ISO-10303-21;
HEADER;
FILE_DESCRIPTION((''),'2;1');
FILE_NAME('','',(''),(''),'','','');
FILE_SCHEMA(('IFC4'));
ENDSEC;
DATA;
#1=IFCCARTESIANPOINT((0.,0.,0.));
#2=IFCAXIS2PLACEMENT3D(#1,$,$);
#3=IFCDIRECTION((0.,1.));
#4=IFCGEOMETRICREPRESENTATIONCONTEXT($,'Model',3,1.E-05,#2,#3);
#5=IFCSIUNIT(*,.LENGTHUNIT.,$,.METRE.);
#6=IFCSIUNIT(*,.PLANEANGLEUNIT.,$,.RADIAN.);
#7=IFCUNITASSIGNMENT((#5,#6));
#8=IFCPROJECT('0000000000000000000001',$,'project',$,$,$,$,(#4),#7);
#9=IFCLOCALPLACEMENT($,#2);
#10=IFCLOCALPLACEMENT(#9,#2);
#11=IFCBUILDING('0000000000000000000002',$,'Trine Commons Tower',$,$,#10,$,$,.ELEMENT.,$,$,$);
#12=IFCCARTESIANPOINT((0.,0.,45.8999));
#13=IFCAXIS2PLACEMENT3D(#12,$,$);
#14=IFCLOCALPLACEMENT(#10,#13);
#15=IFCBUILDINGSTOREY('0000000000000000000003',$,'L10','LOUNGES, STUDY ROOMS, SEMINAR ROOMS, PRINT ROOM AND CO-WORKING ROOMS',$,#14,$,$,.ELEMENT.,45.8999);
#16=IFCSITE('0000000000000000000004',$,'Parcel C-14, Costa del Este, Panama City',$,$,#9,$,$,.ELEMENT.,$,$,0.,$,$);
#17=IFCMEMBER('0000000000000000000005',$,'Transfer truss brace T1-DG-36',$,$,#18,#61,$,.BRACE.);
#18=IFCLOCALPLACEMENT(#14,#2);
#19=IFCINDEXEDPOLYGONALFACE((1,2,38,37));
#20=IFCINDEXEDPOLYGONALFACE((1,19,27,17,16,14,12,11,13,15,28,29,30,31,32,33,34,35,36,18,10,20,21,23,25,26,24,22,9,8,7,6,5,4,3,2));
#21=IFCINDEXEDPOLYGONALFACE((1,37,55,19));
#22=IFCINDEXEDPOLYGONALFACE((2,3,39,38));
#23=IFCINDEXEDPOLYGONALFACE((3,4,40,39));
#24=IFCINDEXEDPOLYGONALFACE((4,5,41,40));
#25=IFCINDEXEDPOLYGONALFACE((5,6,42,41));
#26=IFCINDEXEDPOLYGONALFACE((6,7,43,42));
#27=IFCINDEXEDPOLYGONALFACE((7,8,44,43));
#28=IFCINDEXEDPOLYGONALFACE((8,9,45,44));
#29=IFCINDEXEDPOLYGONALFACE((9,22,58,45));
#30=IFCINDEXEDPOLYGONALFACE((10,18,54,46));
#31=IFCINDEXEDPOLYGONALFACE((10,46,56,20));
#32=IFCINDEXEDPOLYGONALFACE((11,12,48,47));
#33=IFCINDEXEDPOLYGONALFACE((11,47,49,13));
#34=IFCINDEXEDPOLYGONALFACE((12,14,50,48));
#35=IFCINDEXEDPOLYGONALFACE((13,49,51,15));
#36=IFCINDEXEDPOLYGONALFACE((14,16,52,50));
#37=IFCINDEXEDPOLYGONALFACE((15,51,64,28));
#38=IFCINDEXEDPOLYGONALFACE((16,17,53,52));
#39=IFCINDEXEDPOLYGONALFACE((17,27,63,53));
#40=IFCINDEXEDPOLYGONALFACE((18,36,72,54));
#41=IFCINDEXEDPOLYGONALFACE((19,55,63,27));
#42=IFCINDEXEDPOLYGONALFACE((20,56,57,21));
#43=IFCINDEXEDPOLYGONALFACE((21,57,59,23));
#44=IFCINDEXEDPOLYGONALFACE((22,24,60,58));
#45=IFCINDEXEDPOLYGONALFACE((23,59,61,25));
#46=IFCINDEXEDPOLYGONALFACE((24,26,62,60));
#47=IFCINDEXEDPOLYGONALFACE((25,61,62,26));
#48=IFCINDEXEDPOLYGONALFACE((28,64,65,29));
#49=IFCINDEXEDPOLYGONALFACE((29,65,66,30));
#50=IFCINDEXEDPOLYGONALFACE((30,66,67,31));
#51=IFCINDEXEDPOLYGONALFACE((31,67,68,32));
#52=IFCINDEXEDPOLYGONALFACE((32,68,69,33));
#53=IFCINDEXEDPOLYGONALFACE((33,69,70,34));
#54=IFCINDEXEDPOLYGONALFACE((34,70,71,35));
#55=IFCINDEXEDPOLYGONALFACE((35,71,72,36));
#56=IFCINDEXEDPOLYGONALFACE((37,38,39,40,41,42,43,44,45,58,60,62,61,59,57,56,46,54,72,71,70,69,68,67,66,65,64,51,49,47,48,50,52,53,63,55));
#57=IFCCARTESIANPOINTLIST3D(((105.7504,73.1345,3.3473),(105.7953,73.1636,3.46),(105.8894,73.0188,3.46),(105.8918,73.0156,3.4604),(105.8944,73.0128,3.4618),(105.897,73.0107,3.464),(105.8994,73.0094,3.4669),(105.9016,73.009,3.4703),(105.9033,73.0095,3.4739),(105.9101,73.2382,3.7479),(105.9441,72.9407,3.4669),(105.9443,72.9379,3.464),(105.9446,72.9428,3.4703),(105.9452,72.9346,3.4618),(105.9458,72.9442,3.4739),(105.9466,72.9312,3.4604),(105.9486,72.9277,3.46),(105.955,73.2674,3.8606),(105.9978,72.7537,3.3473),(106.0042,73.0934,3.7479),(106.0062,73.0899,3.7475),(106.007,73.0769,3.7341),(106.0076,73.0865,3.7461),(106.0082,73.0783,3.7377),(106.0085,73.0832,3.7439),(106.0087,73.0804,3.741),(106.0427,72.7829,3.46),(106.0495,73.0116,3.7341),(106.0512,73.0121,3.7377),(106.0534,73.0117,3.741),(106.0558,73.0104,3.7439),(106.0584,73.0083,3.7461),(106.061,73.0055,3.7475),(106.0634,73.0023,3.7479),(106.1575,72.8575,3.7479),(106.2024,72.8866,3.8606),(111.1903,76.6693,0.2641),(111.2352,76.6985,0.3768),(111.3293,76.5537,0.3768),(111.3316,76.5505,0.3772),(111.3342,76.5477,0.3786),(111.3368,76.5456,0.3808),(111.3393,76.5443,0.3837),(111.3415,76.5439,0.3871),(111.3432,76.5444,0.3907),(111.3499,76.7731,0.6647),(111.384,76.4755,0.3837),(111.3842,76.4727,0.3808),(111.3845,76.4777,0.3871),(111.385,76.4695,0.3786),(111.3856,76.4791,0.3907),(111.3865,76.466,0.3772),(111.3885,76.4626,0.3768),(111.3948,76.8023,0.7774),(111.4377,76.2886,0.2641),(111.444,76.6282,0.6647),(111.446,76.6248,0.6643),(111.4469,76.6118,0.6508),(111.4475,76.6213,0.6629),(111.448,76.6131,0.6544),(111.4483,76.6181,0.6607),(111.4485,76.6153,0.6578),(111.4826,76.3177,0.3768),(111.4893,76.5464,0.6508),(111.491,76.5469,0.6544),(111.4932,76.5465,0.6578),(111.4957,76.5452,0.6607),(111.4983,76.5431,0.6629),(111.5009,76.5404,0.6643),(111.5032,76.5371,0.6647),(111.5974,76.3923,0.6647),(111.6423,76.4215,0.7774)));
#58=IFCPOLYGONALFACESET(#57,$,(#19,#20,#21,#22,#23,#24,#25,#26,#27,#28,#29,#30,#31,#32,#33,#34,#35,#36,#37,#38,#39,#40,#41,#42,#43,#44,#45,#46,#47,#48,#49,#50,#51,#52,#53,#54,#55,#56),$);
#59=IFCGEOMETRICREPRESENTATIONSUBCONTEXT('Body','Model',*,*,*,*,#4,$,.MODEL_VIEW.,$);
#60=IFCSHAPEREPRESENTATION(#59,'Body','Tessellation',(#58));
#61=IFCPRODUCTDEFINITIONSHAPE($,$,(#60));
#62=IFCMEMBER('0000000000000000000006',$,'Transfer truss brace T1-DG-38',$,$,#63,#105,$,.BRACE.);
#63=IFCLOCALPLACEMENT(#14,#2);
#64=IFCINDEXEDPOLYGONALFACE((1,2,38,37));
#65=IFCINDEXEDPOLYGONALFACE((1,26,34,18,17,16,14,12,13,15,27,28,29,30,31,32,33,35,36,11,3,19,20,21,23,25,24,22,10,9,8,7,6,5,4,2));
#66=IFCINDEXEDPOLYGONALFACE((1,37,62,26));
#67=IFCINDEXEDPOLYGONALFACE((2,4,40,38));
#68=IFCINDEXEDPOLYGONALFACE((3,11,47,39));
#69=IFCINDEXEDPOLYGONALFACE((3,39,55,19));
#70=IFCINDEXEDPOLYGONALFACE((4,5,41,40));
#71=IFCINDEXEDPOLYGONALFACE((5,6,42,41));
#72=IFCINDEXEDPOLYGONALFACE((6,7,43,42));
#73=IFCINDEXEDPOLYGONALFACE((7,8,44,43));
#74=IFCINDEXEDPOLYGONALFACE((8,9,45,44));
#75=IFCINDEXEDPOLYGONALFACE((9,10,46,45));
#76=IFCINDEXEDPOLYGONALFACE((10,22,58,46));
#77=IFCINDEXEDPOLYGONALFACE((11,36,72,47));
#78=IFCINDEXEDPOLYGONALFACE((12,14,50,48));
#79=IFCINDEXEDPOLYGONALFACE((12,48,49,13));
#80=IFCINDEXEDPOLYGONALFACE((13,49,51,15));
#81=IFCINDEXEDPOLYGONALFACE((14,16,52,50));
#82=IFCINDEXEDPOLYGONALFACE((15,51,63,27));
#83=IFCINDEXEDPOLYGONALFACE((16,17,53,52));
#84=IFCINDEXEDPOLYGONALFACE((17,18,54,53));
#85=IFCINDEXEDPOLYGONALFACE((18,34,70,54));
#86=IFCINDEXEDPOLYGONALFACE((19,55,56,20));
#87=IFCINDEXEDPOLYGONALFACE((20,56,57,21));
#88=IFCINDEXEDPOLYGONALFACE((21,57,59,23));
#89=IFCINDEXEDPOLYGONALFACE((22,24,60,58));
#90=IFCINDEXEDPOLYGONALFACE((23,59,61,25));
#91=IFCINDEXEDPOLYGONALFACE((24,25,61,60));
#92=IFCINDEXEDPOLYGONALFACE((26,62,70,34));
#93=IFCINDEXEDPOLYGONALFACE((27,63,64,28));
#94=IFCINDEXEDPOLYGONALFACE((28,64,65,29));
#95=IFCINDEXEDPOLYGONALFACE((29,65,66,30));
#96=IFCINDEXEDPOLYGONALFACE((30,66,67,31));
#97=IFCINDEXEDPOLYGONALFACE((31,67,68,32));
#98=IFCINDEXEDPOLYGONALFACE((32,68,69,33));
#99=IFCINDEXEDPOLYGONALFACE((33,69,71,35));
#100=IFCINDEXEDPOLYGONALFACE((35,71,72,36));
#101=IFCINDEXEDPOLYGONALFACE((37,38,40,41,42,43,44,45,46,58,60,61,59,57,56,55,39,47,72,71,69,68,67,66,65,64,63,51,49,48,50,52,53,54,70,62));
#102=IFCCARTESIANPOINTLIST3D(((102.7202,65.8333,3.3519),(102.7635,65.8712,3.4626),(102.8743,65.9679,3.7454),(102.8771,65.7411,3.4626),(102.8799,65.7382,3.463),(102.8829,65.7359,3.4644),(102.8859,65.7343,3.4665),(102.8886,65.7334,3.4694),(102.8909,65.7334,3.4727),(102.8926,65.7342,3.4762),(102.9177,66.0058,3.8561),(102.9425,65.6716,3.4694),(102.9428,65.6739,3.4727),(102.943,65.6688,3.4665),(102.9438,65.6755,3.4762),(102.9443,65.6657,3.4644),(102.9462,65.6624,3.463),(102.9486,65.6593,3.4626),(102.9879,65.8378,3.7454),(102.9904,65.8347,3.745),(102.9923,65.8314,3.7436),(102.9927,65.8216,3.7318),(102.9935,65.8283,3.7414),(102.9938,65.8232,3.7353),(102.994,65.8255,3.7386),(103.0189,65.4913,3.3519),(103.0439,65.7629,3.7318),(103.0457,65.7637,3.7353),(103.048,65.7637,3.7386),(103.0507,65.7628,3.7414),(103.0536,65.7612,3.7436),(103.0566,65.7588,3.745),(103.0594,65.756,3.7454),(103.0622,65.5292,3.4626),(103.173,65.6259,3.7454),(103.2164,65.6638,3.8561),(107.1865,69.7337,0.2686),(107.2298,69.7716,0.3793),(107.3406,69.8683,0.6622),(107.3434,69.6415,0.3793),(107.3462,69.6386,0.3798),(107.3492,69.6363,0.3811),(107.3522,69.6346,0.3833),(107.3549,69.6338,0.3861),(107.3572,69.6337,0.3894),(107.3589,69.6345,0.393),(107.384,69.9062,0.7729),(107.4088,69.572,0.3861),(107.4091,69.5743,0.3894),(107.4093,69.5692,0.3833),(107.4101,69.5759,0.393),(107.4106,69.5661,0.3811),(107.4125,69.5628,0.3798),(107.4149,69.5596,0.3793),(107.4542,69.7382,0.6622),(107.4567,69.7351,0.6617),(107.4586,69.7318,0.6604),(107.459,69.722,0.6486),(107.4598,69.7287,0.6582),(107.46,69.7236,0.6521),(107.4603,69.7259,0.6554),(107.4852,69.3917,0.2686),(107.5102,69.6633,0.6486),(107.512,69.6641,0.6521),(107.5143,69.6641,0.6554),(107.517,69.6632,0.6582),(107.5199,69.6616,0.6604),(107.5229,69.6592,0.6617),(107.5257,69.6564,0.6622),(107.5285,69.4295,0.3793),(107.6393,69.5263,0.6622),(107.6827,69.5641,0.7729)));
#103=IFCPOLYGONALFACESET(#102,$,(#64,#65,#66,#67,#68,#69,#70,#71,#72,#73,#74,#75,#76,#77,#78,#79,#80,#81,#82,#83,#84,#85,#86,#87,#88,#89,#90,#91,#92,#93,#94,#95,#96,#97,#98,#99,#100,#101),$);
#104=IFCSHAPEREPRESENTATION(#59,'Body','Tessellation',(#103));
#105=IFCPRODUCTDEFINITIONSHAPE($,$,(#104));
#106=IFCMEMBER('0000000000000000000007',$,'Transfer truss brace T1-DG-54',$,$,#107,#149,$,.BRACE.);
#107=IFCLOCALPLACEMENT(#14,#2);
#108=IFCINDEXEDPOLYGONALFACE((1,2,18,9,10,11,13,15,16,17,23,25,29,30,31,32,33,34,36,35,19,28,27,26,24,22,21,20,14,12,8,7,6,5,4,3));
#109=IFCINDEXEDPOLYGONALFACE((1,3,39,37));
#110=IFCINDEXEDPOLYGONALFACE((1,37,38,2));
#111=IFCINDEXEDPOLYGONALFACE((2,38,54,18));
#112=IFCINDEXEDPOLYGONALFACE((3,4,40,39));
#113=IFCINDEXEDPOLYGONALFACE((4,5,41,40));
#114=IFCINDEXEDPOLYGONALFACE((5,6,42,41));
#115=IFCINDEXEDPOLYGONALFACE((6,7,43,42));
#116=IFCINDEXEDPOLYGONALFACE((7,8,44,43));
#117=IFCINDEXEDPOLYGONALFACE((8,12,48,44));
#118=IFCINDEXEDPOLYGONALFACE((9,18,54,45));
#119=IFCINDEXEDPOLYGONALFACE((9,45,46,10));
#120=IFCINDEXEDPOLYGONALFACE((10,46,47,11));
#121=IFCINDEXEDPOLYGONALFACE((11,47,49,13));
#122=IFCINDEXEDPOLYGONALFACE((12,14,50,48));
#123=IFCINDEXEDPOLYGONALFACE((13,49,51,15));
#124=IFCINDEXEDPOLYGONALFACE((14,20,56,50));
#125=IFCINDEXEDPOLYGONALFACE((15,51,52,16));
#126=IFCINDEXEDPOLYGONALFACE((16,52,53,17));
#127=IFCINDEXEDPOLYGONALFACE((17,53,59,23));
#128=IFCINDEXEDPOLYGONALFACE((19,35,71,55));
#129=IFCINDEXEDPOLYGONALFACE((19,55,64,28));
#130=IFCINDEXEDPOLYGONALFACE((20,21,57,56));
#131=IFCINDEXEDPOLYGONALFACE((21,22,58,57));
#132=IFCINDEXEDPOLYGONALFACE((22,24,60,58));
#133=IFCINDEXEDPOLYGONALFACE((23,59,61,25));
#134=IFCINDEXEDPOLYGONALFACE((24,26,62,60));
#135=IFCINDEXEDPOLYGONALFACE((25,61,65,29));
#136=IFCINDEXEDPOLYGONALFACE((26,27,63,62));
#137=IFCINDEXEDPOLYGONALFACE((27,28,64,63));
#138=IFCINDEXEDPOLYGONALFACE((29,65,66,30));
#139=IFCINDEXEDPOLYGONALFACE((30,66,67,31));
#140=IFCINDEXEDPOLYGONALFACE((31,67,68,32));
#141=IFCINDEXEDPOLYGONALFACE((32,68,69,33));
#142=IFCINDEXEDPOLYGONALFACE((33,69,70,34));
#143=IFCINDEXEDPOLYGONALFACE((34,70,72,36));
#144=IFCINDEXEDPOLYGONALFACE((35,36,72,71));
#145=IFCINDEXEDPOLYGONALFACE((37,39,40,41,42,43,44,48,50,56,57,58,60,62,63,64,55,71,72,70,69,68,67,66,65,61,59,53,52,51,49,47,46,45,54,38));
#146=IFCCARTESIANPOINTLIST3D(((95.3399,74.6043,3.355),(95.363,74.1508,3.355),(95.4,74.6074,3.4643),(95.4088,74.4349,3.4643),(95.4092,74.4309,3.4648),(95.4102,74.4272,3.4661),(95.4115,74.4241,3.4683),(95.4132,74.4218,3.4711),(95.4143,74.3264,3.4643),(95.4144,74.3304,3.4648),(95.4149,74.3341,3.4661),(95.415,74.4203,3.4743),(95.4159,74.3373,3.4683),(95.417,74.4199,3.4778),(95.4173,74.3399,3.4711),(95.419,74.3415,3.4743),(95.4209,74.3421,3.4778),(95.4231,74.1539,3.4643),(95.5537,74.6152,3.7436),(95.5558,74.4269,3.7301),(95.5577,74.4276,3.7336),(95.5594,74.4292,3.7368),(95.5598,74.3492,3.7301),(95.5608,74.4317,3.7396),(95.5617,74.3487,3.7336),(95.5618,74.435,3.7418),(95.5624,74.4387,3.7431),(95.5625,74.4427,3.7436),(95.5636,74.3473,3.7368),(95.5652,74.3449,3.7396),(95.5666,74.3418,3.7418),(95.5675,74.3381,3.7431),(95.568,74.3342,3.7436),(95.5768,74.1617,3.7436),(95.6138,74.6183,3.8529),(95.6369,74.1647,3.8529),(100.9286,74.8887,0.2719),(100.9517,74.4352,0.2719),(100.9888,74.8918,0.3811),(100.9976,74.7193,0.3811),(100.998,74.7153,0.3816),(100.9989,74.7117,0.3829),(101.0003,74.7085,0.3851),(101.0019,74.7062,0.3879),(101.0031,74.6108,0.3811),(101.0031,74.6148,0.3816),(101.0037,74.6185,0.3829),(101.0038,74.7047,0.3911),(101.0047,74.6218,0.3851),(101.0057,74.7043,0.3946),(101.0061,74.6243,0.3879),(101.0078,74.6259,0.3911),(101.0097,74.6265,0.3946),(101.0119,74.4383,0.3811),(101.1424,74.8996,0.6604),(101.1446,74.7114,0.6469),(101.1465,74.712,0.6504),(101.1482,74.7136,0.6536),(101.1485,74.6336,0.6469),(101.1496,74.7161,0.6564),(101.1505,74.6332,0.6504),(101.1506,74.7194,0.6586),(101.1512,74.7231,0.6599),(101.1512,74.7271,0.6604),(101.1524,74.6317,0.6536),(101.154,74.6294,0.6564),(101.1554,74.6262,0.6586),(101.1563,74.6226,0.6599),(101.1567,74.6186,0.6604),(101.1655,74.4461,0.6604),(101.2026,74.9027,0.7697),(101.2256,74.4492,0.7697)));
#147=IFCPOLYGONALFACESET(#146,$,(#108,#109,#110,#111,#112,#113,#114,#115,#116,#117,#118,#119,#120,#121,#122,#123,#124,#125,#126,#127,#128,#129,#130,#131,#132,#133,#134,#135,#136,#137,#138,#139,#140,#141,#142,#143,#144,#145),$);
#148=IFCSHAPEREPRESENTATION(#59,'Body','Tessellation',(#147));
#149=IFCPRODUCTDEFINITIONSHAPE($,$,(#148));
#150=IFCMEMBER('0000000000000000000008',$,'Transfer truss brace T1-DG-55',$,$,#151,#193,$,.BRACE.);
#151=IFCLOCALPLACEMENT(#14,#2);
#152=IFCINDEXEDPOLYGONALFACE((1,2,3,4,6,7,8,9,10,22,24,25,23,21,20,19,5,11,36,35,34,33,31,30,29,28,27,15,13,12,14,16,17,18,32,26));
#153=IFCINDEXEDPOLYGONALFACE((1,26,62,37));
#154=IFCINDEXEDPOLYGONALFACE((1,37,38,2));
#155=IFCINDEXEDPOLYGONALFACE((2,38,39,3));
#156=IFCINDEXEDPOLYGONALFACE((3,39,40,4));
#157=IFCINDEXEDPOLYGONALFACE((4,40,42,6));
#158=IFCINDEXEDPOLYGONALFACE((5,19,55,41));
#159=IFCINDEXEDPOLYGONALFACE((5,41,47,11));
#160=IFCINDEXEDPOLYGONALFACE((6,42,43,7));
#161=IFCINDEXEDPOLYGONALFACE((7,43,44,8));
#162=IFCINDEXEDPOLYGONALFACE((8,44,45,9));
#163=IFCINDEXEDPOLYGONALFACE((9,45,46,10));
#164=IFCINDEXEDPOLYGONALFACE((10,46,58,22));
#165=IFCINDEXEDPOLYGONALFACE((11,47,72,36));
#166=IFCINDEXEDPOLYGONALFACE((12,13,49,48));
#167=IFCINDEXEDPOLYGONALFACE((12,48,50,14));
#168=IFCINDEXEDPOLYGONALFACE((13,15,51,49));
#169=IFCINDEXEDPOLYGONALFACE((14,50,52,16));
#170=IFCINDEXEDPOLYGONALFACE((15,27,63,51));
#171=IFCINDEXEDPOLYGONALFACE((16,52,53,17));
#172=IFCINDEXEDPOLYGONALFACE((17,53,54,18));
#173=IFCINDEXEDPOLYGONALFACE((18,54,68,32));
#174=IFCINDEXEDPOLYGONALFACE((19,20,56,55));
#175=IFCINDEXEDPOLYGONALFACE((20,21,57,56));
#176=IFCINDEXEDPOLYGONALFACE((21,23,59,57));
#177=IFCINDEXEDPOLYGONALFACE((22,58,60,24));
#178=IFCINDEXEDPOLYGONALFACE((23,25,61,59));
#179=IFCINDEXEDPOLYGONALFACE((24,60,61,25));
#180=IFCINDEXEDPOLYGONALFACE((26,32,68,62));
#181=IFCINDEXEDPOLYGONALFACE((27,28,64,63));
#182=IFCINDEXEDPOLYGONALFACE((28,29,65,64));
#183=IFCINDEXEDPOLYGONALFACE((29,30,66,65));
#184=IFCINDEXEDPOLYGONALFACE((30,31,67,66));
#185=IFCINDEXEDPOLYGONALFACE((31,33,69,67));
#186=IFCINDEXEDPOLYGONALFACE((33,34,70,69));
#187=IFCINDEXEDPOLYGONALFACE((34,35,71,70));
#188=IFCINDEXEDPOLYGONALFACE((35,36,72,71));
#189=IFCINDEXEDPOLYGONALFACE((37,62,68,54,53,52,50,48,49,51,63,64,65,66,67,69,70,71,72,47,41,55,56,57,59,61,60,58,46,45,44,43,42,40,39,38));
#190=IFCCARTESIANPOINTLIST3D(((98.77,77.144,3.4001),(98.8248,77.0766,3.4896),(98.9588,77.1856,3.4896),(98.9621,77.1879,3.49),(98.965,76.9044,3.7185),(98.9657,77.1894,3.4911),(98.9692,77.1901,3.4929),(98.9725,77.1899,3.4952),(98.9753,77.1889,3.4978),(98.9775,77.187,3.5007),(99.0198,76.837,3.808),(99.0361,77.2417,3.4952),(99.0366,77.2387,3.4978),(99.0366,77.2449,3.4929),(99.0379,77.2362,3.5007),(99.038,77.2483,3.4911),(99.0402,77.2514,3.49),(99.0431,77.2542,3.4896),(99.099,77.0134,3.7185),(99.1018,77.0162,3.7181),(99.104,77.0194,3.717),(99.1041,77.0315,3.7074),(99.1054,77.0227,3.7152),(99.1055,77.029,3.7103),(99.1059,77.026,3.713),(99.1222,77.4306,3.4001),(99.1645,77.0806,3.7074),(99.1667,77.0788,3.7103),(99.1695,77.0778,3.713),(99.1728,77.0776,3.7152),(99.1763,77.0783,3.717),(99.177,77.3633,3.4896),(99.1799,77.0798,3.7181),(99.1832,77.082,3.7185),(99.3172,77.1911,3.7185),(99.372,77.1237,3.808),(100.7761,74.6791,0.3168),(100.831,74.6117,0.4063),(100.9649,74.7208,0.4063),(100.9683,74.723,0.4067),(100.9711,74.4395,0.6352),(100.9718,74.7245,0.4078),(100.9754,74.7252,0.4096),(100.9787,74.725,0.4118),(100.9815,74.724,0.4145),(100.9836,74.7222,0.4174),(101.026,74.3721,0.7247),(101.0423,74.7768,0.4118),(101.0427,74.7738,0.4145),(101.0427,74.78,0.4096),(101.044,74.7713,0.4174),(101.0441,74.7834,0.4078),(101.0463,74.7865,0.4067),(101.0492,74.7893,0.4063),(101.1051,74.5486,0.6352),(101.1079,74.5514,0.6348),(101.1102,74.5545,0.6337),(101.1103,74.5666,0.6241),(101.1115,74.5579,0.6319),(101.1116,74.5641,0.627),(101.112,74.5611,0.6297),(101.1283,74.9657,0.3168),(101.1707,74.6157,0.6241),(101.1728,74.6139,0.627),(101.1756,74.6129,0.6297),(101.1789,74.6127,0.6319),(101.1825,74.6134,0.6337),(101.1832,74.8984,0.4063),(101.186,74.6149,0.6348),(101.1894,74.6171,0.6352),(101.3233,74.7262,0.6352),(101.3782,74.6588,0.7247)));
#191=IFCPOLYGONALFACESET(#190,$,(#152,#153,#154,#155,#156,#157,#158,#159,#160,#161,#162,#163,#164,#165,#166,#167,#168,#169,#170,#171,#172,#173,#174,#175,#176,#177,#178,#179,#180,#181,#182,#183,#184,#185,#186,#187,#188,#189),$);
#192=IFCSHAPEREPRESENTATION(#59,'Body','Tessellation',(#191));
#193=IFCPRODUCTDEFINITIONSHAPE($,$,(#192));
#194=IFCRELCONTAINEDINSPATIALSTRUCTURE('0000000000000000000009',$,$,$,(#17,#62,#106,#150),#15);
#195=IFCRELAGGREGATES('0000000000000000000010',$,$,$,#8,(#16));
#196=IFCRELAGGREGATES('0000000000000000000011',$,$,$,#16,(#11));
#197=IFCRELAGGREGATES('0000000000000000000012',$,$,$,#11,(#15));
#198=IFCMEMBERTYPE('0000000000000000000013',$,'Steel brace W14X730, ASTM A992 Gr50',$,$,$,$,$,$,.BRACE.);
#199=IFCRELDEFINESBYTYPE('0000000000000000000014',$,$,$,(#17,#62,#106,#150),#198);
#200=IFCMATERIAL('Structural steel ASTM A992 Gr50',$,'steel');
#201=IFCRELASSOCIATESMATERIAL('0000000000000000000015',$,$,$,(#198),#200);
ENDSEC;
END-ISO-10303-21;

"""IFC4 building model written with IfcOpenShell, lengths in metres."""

from ifc_helpers import new_model, si_unit, direction, frame, origin, origin_2d, place, context, subcontext, project, spatial, i_section, extrude, material, material_profile, profile_set, type_object, element, save


model = new_model("IFC4")

# Units and contexts
model_context = context("Model", 3, precision=1e-05, world=origin(), true_north=direction((0.0, 1.0)))
body_context = subcontext(model_context, "Body", "Model", "MODEL_VIEW")
ifc_project = project(units=[si_unit("LENGTHUNIT", "METRE"), si_unit("PLANEANGLEUNIT", "RADIAN")], contexts=[model_context])

# Site, building, storey
site_placement = place(None, origin())
site = spatial("IfcSite", under=ifc_project, at=site_placement, Name="Parcel C-14, Costa del Este, Panama City", CompositionType="ELEMENT", RefElevation=0.0)
building_placement = place(site_placement, origin())
building = spatial("IfcBuilding", under=site, at=building_placement, Name="Trine Commons Tower", CompositionType="ELEMENT")
storey_placement = place(building_placement, frame((0.0, 0.0, 45.8999)))
storey = spatial("IfcBuildingStorey", under=building, at=storey_placement, Name="L10", Description="LOUNGES, STUDY ROOMS, SEMINAR ROOMS, PRINT ROOM AND CO-WORKING ROOMS", CompositionType="ELEMENT", Elevation=45.8999)

# Members
ifc_material_1 = material(Name="Structural steel ASTM A992 Gr50", Category="steel")
ifc_material_profile_1 = material_profile(ifc_material_1, i_section(OverallWidth=0.4541, OverallDepth=0.5684, WebThickness=0.0779, FlangeThickness=0.1248, FilletRadius=0.0154, at=origin_2d()), Name="W14X730")
ifc_profile_set_1 = profile_set([ifc_material_profile_1], Name="Structural steel ASTM A992 Gr50")
member_type_1 = type_object("IfcMemberType", Name="Steel brace W14X730, ASTM A992 Gr50", PredefinedType="BRACE", material=ifc_profile_set_1)
member_1_placement = place(storey_placement, frame((111.4163, 76.5454, 0.5208), z_axis=(-0.757339, -0.492124, 0.429245), x_axis=(0.544875, -0.838518, 0.0)))
element("IfcMember", 1, at=member_1_placement, inside=storey, type_object=member_type_1, Name="Transfer truss brace T1-DG-36", PredefinedType="BRACE", context=body_context, shape_type="SweptSolid", body=[
    extrude(i_section(OverallWidth=0.4541, OverallDepth=0.5684, WebThickness=0.0779, FlangeThickness=0.1248, FilletRadius=0.0154, at=origin_2d()), origin(), (0.0, 0.0, 1.0), 7.1829),
])
member_2_placement = place(storey_placement, frame((107.4346, 69.6489, 0.5208), z_axis=(-0.668272, -0.583597, 0.461332), x_axis=(0.657776, -0.753214, 0.0)))
element("IfcMember", 2, at=member_2_placement, inside=storey, type_object=member_type_1, Name="Transfer truss brace T1-DG-38", PredefinedType="BRACE", context=body_context, shape_type="SweptSolid", body=[
    extrude(i_section(OverallWidth=0.4541, OverallDepth=0.5684, WebThickness=0.0779, FlangeThickness=0.1248, FilletRadius=0.0154, at=origin_2d()), origin(), (0.0, 0.0, 1.0), 6.6833),
])
member_3_placement = place(storey_placement, frame((101.0771, 74.6689, 0.5208), z_axis=(-0.874727, -0.044516, 0.482567), x_axis=(0.050825, -0.998708, 0.0)))
element("IfcMember", 3, at=member_3_placement, inside=storey, type_object=member_type_1, Name="Transfer truss brace T1-DG-54", PredefinedType="BRACE", context=body_context, shape_type="SweptSolid", body=[
    extrude(i_section(OverallWidth=0.4541, OverallDepth=0.5684, WebThickness=0.0779, FlangeThickness=0.1248, FilletRadius=0.0154, at=origin_2d()), origin(), (0.0, 0.0, 1.0), 6.3892),
])
member_4_placement = place(storey_placement, frame((101.0771, 74.6689, 0.5208), z_axis=(-0.453059, 0.556661, 0.696323), x_axis=(-0.775587, -0.63124, 0.0)))
element("IfcMember", 4, at=member_4_placement, inside=storey, type_object=member_type_1, Name="Transfer truss brace T1-DG-55", PredefinedType="BRACE", context=body_context, shape_type="SweptSolid", body=[
    extrude(i_section(OverallWidth=0.4541, OverallDepth=0.5684, WebThickness=0.0779, FlangeThickness=0.1248, FilletRadius=0.0154, at=origin_2d()), origin(), (0.0, 0.0, 1.0), 4.428),
])

save(model, "model.ifc")
